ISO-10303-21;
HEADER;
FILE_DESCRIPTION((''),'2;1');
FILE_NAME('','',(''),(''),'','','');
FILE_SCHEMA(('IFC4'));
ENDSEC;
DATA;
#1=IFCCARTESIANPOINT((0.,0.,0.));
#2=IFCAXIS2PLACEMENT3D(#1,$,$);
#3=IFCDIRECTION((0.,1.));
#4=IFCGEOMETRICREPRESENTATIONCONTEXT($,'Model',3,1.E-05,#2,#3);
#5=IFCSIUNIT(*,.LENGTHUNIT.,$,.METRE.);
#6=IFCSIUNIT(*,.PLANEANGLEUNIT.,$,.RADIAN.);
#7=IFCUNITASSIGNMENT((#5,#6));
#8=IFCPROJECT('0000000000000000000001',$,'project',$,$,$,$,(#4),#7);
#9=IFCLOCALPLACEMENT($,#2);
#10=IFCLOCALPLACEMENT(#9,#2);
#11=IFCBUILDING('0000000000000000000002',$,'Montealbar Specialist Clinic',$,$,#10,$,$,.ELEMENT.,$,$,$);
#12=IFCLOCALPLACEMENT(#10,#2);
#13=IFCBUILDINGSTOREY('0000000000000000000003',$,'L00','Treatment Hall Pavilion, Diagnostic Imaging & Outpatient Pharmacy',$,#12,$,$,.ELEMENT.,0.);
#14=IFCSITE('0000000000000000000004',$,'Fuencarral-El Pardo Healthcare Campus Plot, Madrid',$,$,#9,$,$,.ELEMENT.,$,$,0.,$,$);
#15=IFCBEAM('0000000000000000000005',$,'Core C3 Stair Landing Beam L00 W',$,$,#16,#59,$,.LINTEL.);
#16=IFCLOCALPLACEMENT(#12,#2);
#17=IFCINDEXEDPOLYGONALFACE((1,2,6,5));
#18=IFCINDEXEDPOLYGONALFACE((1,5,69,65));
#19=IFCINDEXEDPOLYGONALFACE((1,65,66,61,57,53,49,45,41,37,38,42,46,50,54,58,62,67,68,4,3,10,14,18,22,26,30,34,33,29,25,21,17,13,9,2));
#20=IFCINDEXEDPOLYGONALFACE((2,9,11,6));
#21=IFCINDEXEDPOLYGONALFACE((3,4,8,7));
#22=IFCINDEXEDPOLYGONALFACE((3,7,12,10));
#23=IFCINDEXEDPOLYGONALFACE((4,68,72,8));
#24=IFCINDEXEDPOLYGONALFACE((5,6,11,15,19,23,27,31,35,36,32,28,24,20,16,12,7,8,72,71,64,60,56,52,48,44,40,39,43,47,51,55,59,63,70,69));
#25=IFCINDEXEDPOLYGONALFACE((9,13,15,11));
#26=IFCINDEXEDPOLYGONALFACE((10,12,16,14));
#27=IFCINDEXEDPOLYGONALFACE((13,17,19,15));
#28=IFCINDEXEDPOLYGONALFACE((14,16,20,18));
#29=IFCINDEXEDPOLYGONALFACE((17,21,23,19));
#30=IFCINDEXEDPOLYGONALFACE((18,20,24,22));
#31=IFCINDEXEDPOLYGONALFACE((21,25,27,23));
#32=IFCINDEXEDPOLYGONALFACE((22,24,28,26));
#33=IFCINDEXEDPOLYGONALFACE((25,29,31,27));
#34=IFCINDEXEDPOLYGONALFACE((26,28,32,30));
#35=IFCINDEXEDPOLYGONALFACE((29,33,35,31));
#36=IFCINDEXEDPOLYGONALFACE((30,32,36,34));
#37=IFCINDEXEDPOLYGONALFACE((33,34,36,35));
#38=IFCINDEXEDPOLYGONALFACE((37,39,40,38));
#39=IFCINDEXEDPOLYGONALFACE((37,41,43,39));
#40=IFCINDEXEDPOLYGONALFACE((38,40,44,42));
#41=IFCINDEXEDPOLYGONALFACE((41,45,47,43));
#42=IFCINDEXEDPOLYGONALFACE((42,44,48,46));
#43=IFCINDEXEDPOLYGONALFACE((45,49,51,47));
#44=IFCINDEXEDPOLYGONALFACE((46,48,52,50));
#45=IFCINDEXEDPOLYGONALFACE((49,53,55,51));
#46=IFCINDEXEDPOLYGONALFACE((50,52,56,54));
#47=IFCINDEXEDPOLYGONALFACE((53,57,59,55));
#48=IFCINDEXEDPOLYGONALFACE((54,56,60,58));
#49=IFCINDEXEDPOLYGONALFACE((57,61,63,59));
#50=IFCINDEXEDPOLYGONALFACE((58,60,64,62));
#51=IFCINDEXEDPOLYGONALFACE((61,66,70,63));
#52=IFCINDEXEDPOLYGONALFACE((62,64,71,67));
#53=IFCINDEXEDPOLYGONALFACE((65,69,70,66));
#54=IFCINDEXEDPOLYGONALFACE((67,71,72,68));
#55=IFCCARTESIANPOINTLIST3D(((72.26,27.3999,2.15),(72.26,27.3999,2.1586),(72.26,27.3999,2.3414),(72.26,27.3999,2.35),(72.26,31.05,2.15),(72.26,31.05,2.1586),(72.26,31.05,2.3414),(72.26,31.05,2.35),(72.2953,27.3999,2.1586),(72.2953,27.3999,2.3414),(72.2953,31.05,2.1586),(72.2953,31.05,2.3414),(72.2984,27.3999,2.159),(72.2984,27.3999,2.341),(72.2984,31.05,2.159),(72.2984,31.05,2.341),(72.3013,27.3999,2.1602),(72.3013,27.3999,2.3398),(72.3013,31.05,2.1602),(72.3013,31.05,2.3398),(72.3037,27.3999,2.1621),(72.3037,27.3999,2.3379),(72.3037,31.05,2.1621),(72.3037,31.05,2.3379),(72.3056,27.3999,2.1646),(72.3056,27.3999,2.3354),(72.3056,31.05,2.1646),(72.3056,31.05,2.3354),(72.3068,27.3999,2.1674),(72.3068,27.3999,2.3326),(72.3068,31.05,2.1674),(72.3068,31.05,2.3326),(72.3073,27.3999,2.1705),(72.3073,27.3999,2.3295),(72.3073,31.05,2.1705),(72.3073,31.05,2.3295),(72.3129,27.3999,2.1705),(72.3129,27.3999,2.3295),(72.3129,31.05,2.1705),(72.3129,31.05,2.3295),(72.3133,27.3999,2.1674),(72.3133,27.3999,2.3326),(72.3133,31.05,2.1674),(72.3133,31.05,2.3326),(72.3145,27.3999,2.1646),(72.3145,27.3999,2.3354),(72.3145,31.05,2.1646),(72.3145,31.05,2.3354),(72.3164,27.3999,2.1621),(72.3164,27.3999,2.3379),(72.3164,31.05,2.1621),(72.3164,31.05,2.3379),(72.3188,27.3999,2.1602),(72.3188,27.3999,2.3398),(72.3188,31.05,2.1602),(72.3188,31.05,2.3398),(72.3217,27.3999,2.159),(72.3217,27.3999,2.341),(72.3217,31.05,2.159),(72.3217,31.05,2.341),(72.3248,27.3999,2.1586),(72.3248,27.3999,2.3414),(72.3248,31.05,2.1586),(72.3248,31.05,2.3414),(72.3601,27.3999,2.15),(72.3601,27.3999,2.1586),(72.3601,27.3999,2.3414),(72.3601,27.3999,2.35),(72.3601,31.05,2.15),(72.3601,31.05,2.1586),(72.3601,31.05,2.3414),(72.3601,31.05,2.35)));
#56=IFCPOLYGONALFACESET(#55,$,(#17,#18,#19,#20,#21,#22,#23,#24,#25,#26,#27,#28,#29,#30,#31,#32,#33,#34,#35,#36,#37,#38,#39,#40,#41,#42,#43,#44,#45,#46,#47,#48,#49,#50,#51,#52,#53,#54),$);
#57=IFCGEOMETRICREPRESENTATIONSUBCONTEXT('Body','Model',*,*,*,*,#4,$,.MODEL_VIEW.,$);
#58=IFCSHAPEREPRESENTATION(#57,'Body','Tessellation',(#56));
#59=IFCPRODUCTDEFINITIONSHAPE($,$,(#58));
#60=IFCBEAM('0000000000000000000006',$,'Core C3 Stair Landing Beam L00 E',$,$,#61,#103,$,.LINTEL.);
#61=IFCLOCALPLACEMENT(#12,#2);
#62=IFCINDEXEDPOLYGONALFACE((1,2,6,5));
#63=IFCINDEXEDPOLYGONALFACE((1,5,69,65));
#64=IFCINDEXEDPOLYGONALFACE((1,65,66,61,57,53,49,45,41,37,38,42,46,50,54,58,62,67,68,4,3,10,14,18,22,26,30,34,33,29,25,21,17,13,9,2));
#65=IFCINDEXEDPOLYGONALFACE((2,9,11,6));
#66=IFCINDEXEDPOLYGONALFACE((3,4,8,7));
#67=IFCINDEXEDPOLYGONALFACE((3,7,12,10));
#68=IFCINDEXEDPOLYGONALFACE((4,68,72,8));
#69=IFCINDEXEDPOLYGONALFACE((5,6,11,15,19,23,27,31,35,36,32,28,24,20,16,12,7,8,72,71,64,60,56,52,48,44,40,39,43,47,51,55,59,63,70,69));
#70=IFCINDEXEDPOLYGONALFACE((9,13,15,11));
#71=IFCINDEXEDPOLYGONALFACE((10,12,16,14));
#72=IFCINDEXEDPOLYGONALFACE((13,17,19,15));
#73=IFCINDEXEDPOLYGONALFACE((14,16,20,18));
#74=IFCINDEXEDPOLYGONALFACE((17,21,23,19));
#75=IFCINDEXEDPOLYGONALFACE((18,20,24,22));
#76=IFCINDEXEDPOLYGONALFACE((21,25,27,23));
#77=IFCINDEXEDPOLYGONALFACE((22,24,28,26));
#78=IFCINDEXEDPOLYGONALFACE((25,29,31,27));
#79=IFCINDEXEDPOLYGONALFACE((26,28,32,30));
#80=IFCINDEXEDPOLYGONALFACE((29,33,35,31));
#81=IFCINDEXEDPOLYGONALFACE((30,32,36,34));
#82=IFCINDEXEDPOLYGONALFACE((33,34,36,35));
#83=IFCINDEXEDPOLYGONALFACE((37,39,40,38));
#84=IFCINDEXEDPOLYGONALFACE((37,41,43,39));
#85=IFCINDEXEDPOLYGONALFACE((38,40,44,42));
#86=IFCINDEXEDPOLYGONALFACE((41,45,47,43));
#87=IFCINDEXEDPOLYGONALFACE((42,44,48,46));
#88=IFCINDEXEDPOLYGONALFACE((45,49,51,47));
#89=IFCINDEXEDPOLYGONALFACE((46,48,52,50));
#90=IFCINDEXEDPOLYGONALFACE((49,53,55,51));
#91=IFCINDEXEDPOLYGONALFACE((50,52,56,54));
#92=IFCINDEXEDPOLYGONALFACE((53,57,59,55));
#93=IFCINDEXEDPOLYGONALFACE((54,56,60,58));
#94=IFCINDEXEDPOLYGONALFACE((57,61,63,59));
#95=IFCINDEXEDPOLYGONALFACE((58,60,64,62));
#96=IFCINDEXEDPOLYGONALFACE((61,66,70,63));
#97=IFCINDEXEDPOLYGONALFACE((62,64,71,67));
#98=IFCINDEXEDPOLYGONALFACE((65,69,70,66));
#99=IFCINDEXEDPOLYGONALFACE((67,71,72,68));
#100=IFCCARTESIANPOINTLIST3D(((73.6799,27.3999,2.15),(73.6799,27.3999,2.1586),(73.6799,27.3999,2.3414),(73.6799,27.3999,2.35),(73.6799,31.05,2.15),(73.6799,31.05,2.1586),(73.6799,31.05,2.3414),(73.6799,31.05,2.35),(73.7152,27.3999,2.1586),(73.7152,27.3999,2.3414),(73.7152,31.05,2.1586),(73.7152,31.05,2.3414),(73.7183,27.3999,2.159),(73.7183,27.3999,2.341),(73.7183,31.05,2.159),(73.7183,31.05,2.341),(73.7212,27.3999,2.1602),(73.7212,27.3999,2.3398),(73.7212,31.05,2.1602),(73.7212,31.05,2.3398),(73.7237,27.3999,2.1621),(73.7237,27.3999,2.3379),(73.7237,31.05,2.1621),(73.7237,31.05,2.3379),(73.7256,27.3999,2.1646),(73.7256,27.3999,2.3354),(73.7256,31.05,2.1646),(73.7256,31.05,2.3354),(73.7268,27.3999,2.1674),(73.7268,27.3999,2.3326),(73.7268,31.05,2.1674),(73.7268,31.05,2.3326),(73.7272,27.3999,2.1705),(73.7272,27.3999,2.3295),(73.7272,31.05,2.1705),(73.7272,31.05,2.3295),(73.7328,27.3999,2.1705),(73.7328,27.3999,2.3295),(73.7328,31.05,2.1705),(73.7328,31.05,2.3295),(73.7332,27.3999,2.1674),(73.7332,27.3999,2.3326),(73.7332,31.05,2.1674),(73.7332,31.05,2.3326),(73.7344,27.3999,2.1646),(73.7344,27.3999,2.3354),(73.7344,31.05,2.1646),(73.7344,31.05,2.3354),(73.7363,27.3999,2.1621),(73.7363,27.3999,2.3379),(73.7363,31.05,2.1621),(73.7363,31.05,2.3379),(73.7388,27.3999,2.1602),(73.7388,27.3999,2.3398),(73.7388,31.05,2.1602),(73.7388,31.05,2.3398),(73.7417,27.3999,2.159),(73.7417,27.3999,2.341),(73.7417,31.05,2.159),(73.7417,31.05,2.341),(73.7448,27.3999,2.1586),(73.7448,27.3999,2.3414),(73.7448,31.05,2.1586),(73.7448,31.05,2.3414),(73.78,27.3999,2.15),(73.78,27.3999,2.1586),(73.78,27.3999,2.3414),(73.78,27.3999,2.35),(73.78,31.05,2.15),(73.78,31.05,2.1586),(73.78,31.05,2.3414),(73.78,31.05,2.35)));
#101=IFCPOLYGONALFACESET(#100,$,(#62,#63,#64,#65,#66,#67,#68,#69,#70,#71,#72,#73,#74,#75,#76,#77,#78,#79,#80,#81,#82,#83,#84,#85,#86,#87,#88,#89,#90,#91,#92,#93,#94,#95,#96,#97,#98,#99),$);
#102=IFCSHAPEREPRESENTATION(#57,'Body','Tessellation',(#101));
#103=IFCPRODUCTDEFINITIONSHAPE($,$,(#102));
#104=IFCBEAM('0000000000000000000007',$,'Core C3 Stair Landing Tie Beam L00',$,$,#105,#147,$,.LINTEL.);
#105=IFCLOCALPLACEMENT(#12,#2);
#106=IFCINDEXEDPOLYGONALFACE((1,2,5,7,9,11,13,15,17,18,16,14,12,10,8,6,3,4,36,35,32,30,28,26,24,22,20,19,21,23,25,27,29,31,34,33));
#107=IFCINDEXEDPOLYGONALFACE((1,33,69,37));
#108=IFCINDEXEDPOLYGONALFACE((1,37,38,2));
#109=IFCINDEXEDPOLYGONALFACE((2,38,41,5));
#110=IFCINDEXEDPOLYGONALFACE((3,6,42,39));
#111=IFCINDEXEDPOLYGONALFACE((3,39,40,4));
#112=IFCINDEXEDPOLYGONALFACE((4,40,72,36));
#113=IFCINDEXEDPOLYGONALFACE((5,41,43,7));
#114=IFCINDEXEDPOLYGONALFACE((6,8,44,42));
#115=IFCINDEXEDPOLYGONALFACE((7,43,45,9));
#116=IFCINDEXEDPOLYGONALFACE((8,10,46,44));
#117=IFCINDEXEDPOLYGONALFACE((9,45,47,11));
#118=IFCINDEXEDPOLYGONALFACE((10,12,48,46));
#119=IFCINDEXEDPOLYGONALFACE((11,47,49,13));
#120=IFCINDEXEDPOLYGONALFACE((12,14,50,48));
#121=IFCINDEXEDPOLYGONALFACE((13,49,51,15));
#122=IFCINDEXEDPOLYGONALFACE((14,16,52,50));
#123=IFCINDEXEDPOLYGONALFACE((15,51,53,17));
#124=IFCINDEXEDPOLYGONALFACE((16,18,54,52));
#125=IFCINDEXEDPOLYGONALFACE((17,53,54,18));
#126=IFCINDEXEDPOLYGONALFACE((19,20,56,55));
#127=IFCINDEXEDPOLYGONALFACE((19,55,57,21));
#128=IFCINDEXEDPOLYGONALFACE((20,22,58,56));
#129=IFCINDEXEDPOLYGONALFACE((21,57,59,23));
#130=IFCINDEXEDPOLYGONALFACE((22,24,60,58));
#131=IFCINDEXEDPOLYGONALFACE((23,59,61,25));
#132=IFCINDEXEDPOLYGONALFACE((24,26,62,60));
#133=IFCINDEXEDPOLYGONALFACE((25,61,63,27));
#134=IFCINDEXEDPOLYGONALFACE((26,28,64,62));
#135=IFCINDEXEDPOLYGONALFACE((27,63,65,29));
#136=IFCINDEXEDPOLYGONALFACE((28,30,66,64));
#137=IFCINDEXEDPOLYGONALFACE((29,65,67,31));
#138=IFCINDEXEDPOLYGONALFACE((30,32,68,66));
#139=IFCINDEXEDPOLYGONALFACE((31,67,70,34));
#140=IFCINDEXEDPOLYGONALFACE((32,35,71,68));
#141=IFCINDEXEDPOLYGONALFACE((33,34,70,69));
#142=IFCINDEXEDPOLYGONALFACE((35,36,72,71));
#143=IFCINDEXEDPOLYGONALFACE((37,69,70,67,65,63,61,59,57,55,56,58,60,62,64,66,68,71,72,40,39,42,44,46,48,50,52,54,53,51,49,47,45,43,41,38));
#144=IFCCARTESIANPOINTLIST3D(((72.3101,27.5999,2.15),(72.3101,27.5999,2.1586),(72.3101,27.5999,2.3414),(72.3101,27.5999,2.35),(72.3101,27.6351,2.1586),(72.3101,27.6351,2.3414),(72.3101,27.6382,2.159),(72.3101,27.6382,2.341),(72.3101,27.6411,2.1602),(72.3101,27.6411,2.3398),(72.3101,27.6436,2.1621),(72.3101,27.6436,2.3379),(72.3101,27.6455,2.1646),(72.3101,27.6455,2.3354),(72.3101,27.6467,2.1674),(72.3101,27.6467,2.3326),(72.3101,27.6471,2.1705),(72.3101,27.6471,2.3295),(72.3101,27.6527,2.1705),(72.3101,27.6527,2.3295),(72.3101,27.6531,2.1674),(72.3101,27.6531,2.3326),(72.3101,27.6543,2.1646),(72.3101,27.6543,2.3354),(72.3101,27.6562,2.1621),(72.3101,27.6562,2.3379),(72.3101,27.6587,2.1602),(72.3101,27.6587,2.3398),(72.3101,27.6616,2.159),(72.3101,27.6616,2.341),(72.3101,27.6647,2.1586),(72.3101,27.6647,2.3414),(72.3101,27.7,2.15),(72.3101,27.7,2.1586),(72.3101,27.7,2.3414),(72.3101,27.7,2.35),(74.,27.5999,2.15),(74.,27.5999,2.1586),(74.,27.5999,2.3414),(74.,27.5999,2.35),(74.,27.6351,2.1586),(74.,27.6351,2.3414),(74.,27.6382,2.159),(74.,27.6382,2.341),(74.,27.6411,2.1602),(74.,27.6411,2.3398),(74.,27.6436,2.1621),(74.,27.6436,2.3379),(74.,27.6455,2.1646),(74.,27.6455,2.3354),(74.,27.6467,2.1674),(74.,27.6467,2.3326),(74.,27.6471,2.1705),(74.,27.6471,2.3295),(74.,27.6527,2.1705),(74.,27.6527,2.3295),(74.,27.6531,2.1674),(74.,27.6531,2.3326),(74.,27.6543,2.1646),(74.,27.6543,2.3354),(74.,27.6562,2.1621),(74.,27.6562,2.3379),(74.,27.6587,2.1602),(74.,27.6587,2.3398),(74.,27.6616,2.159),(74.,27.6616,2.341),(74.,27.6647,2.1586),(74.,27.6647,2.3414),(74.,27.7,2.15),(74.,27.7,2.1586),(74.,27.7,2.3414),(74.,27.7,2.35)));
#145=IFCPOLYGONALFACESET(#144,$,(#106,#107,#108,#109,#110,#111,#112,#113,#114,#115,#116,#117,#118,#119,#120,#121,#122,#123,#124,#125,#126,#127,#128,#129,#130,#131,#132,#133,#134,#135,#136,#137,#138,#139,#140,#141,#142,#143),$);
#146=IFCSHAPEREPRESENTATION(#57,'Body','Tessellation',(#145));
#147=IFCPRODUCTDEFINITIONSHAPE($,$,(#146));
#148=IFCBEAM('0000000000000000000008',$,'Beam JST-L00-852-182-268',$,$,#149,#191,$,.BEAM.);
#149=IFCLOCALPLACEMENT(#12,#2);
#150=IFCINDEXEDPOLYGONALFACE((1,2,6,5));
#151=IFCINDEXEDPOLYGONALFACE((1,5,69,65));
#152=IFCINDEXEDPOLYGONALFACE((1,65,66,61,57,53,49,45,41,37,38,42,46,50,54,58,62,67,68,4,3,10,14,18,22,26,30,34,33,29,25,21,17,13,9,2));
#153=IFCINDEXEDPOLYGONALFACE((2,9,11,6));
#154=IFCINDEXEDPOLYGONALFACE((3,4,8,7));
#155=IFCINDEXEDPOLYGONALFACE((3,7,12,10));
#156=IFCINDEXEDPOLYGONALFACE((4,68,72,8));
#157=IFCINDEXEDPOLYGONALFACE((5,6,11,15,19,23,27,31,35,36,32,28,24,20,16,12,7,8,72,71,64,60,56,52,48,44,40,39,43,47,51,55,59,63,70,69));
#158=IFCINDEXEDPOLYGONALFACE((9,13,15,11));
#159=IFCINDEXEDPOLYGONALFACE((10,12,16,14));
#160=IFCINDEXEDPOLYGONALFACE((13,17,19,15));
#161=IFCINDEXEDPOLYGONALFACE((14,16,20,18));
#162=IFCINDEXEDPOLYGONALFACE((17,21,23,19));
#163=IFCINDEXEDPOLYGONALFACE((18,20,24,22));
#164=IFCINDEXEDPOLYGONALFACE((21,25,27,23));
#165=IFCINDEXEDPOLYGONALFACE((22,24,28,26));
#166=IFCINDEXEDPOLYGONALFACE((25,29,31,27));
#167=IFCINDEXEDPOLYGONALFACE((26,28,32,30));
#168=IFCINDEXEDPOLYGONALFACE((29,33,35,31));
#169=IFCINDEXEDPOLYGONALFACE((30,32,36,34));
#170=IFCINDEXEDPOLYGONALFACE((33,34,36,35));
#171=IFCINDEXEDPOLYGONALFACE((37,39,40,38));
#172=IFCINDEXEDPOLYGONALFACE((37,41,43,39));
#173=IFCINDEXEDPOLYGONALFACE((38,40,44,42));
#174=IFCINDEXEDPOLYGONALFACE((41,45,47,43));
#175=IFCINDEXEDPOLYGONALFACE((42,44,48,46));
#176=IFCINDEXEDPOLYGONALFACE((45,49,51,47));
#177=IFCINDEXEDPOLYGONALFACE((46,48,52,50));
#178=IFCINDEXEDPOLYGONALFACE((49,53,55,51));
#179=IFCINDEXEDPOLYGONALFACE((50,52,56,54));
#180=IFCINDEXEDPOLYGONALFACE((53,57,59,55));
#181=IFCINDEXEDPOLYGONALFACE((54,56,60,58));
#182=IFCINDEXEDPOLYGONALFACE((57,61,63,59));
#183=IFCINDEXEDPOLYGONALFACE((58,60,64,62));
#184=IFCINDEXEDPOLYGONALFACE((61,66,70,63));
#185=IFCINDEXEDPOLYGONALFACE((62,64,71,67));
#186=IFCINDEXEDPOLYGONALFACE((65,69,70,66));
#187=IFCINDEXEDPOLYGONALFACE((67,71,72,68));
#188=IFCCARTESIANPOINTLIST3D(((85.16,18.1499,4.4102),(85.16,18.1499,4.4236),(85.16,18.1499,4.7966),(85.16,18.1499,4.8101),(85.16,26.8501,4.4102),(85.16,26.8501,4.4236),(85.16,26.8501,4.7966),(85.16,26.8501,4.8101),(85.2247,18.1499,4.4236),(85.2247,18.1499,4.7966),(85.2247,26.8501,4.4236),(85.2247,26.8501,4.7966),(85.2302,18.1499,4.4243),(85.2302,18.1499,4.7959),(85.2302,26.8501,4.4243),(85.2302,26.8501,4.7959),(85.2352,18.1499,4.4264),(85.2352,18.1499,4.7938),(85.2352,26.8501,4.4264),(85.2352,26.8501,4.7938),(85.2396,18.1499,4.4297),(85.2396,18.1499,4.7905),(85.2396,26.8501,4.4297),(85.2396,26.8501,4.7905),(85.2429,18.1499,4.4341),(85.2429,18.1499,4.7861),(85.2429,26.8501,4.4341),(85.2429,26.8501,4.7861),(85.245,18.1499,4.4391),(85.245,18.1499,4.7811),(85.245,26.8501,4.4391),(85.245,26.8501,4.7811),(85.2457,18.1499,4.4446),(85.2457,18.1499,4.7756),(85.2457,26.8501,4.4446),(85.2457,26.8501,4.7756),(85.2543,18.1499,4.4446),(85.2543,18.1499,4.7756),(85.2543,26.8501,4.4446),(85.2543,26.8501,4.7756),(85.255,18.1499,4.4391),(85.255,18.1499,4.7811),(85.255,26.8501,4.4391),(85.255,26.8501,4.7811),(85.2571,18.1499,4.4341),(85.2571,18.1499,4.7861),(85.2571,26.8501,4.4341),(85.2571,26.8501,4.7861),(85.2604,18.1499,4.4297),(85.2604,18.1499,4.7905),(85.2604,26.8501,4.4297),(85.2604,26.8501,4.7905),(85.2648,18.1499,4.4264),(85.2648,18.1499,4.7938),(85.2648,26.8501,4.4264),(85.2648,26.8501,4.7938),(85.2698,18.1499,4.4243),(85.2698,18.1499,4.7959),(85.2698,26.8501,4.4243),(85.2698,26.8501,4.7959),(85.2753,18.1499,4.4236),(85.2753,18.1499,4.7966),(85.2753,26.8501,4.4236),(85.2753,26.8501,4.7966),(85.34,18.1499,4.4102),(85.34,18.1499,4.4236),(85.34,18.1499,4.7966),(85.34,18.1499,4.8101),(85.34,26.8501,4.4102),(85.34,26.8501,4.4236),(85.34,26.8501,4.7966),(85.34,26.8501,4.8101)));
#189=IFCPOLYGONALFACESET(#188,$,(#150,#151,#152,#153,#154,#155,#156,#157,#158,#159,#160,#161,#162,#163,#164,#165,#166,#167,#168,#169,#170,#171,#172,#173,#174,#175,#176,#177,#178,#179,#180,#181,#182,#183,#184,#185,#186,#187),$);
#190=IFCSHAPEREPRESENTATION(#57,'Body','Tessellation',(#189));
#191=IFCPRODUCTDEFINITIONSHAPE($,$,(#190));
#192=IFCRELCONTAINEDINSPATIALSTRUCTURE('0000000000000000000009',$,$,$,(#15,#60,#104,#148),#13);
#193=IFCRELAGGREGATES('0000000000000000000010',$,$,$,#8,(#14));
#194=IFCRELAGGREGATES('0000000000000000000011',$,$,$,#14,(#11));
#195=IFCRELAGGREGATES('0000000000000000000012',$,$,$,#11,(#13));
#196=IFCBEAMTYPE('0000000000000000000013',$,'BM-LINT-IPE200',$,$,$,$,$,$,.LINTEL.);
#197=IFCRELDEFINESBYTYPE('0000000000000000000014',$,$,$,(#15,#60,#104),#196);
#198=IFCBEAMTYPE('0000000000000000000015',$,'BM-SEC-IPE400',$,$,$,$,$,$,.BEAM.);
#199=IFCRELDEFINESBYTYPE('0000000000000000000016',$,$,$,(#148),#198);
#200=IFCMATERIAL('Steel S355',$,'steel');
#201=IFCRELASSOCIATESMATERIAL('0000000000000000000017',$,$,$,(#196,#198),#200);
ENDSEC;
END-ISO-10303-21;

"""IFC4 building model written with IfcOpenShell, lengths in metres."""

from ifc_helpers import new_model, si_unit, direction, frame, origin, origin_2d, place, context, subcontext, project, spatial, i_section, extrude, material, material_profile, profile_set, type_object, element, save


model = new_model("IFC4")

# Units and contexts
model_context = context("Model", 3, precision=1e-05, world=origin(), true_north=direction((0.0, 1.0)))
body_context = subcontext(model_context, "Body", "Model", "MODEL_VIEW")
ifc_project = project(units=[si_unit("LENGTHUNIT", "METRE"), si_unit("PLANEANGLEUNIT", "RADIAN")], contexts=[model_context])

# Site, building, storey
site_placement = place(None, origin())
site = spatial("IfcSite", under=ifc_project, at=site_placement, Name="Fuencarral-El Pardo Healthcare Campus Plot, Madrid", CompositionType="ELEMENT", RefElevation=0.0)
building_placement = place(site_placement, origin())
building = spatial("IfcBuilding", under=site, at=building_placement, Name="Montealbar Specialist Clinic", CompositionType="ELEMENT")
storey_placement = place(building_placement, origin())
storey = spatial("IfcBuildingStorey", under=building, at=storey_placement, Name="L00", Description="Treatment Hall Pavilion, Diagnostic Imaging & Outpatient Pharmacy", CompositionType="ELEMENT", Elevation=0.0)

# Shared definitions
ifc_material_1 = material(Name="Steel S355", Category="steel")

# Beams
ifc_material_profile_1 = material_profile(ifc_material_1, i_section(OverallWidth=0.1001, OverallDepth=0.2, WebThickness=0.0056, FlangeThickness=0.0085, FilletRadius=0.012, at=origin_2d()), Name="IPE 200", Category="steel")
ifc_profile_set_1 = profile_set([ifc_material_profile_1], Name="Steel S355")
beam_type_1 = type_object("IfcBeamType", Name="BM-LINT-IPE200", PredefinedType="LINTEL", material=ifc_profile_set_1)
for number, where, z_axis, x_axis, name in (
    (1, (72.3101, 27.3999, 2.25), (0.0, 1.0, 0.0), (-1.0, 0.0, 0.0), "Core C3 Stair Landing Beam L00 W"),
    (2, (73.73, 27.3999, 2.25), (0.0, 1.0, 0.0), (-1.0, 0.0, 0.0), "Core C3 Stair Landing Beam L00 E"),
):
    element("IfcBeam", number, at=place(storey_placement, frame(where, z_axis=z_axis, x_axis=x_axis)), inside=storey, type_object=beam_type_1, Name=name, PredefinedType="LINTEL", context=body_context, shape_type="SweptSolid", body=[
        extrude(i_section(OverallWidth=0.1001, OverallDepth=0.2, WebThickness=0.0056, FlangeThickness=0.0085, FilletRadius=0.012, at=origin_2d()), origin(), (0.0, 0.0, 1.0), 3.6501),
    ])
beam_1_placement = place(storey_placement, frame((72.3101, 27.6499, 2.25), z_axis=(1.0, 0.0, 0.0), x_axis=(0.0, 1.0, 0.0)))
element("IfcBeam", 3, at=beam_1_placement, inside=storey, type_object=beam_type_1, Name="Core C3 Stair Landing Tie Beam L00", PredefinedType="LINTEL", context=body_context, shape_type="SweptSolid", body=[
    extrude(i_section(OverallWidth=0.1001, OverallDepth=0.2, WebThickness=0.0056, FlangeThickness=0.0085, FilletRadius=0.012, at=origin_2d()), origin(), (0.0, 0.0, 1.0), 1.6899),
])
ifc_material_profile_2 = material_profile(ifc_material_1, i_section(OverallWidth=0.1799, OverallDepth=0.3999, WebThickness=0.0085, FlangeThickness=0.0134, FilletRadius=0.021, at=origin_2d()), Name="IPE 400", Category="steel")
ifc_profile_set_2 = profile_set([ifc_material_profile_2], Name="Steel S355")
beam_type_2 = type_object("IfcBeamType", Name="BM-SEC-IPE400", PredefinedType="BEAM", material=ifc_profile_set_2)
beam_2_placement = place(storey_placement, frame((85.25, 18.1499, 4.6101), z_axis=(0.0, 1.0, 0.0), x_axis=(-1.0, 0.0, 0.0)))
element("IfcBeam", 4, at=beam_2_placement, inside=storey, type_object=beam_type_2, Name="Beam JST-L00-852-182-268", PredefinedType="BEAM", context=body_context, shape_type="SweptSolid", body=[
    extrude(i_section(OverallWidth=0.1799, OverallDepth=0.3999, WebThickness=0.0085, FlangeThickness=0.0134, FilletRadius=0.021, at=origin_2d()), origin(), (0.0, 0.0, 1.0), 8.7002),
])

save(model, "model.ifc")
